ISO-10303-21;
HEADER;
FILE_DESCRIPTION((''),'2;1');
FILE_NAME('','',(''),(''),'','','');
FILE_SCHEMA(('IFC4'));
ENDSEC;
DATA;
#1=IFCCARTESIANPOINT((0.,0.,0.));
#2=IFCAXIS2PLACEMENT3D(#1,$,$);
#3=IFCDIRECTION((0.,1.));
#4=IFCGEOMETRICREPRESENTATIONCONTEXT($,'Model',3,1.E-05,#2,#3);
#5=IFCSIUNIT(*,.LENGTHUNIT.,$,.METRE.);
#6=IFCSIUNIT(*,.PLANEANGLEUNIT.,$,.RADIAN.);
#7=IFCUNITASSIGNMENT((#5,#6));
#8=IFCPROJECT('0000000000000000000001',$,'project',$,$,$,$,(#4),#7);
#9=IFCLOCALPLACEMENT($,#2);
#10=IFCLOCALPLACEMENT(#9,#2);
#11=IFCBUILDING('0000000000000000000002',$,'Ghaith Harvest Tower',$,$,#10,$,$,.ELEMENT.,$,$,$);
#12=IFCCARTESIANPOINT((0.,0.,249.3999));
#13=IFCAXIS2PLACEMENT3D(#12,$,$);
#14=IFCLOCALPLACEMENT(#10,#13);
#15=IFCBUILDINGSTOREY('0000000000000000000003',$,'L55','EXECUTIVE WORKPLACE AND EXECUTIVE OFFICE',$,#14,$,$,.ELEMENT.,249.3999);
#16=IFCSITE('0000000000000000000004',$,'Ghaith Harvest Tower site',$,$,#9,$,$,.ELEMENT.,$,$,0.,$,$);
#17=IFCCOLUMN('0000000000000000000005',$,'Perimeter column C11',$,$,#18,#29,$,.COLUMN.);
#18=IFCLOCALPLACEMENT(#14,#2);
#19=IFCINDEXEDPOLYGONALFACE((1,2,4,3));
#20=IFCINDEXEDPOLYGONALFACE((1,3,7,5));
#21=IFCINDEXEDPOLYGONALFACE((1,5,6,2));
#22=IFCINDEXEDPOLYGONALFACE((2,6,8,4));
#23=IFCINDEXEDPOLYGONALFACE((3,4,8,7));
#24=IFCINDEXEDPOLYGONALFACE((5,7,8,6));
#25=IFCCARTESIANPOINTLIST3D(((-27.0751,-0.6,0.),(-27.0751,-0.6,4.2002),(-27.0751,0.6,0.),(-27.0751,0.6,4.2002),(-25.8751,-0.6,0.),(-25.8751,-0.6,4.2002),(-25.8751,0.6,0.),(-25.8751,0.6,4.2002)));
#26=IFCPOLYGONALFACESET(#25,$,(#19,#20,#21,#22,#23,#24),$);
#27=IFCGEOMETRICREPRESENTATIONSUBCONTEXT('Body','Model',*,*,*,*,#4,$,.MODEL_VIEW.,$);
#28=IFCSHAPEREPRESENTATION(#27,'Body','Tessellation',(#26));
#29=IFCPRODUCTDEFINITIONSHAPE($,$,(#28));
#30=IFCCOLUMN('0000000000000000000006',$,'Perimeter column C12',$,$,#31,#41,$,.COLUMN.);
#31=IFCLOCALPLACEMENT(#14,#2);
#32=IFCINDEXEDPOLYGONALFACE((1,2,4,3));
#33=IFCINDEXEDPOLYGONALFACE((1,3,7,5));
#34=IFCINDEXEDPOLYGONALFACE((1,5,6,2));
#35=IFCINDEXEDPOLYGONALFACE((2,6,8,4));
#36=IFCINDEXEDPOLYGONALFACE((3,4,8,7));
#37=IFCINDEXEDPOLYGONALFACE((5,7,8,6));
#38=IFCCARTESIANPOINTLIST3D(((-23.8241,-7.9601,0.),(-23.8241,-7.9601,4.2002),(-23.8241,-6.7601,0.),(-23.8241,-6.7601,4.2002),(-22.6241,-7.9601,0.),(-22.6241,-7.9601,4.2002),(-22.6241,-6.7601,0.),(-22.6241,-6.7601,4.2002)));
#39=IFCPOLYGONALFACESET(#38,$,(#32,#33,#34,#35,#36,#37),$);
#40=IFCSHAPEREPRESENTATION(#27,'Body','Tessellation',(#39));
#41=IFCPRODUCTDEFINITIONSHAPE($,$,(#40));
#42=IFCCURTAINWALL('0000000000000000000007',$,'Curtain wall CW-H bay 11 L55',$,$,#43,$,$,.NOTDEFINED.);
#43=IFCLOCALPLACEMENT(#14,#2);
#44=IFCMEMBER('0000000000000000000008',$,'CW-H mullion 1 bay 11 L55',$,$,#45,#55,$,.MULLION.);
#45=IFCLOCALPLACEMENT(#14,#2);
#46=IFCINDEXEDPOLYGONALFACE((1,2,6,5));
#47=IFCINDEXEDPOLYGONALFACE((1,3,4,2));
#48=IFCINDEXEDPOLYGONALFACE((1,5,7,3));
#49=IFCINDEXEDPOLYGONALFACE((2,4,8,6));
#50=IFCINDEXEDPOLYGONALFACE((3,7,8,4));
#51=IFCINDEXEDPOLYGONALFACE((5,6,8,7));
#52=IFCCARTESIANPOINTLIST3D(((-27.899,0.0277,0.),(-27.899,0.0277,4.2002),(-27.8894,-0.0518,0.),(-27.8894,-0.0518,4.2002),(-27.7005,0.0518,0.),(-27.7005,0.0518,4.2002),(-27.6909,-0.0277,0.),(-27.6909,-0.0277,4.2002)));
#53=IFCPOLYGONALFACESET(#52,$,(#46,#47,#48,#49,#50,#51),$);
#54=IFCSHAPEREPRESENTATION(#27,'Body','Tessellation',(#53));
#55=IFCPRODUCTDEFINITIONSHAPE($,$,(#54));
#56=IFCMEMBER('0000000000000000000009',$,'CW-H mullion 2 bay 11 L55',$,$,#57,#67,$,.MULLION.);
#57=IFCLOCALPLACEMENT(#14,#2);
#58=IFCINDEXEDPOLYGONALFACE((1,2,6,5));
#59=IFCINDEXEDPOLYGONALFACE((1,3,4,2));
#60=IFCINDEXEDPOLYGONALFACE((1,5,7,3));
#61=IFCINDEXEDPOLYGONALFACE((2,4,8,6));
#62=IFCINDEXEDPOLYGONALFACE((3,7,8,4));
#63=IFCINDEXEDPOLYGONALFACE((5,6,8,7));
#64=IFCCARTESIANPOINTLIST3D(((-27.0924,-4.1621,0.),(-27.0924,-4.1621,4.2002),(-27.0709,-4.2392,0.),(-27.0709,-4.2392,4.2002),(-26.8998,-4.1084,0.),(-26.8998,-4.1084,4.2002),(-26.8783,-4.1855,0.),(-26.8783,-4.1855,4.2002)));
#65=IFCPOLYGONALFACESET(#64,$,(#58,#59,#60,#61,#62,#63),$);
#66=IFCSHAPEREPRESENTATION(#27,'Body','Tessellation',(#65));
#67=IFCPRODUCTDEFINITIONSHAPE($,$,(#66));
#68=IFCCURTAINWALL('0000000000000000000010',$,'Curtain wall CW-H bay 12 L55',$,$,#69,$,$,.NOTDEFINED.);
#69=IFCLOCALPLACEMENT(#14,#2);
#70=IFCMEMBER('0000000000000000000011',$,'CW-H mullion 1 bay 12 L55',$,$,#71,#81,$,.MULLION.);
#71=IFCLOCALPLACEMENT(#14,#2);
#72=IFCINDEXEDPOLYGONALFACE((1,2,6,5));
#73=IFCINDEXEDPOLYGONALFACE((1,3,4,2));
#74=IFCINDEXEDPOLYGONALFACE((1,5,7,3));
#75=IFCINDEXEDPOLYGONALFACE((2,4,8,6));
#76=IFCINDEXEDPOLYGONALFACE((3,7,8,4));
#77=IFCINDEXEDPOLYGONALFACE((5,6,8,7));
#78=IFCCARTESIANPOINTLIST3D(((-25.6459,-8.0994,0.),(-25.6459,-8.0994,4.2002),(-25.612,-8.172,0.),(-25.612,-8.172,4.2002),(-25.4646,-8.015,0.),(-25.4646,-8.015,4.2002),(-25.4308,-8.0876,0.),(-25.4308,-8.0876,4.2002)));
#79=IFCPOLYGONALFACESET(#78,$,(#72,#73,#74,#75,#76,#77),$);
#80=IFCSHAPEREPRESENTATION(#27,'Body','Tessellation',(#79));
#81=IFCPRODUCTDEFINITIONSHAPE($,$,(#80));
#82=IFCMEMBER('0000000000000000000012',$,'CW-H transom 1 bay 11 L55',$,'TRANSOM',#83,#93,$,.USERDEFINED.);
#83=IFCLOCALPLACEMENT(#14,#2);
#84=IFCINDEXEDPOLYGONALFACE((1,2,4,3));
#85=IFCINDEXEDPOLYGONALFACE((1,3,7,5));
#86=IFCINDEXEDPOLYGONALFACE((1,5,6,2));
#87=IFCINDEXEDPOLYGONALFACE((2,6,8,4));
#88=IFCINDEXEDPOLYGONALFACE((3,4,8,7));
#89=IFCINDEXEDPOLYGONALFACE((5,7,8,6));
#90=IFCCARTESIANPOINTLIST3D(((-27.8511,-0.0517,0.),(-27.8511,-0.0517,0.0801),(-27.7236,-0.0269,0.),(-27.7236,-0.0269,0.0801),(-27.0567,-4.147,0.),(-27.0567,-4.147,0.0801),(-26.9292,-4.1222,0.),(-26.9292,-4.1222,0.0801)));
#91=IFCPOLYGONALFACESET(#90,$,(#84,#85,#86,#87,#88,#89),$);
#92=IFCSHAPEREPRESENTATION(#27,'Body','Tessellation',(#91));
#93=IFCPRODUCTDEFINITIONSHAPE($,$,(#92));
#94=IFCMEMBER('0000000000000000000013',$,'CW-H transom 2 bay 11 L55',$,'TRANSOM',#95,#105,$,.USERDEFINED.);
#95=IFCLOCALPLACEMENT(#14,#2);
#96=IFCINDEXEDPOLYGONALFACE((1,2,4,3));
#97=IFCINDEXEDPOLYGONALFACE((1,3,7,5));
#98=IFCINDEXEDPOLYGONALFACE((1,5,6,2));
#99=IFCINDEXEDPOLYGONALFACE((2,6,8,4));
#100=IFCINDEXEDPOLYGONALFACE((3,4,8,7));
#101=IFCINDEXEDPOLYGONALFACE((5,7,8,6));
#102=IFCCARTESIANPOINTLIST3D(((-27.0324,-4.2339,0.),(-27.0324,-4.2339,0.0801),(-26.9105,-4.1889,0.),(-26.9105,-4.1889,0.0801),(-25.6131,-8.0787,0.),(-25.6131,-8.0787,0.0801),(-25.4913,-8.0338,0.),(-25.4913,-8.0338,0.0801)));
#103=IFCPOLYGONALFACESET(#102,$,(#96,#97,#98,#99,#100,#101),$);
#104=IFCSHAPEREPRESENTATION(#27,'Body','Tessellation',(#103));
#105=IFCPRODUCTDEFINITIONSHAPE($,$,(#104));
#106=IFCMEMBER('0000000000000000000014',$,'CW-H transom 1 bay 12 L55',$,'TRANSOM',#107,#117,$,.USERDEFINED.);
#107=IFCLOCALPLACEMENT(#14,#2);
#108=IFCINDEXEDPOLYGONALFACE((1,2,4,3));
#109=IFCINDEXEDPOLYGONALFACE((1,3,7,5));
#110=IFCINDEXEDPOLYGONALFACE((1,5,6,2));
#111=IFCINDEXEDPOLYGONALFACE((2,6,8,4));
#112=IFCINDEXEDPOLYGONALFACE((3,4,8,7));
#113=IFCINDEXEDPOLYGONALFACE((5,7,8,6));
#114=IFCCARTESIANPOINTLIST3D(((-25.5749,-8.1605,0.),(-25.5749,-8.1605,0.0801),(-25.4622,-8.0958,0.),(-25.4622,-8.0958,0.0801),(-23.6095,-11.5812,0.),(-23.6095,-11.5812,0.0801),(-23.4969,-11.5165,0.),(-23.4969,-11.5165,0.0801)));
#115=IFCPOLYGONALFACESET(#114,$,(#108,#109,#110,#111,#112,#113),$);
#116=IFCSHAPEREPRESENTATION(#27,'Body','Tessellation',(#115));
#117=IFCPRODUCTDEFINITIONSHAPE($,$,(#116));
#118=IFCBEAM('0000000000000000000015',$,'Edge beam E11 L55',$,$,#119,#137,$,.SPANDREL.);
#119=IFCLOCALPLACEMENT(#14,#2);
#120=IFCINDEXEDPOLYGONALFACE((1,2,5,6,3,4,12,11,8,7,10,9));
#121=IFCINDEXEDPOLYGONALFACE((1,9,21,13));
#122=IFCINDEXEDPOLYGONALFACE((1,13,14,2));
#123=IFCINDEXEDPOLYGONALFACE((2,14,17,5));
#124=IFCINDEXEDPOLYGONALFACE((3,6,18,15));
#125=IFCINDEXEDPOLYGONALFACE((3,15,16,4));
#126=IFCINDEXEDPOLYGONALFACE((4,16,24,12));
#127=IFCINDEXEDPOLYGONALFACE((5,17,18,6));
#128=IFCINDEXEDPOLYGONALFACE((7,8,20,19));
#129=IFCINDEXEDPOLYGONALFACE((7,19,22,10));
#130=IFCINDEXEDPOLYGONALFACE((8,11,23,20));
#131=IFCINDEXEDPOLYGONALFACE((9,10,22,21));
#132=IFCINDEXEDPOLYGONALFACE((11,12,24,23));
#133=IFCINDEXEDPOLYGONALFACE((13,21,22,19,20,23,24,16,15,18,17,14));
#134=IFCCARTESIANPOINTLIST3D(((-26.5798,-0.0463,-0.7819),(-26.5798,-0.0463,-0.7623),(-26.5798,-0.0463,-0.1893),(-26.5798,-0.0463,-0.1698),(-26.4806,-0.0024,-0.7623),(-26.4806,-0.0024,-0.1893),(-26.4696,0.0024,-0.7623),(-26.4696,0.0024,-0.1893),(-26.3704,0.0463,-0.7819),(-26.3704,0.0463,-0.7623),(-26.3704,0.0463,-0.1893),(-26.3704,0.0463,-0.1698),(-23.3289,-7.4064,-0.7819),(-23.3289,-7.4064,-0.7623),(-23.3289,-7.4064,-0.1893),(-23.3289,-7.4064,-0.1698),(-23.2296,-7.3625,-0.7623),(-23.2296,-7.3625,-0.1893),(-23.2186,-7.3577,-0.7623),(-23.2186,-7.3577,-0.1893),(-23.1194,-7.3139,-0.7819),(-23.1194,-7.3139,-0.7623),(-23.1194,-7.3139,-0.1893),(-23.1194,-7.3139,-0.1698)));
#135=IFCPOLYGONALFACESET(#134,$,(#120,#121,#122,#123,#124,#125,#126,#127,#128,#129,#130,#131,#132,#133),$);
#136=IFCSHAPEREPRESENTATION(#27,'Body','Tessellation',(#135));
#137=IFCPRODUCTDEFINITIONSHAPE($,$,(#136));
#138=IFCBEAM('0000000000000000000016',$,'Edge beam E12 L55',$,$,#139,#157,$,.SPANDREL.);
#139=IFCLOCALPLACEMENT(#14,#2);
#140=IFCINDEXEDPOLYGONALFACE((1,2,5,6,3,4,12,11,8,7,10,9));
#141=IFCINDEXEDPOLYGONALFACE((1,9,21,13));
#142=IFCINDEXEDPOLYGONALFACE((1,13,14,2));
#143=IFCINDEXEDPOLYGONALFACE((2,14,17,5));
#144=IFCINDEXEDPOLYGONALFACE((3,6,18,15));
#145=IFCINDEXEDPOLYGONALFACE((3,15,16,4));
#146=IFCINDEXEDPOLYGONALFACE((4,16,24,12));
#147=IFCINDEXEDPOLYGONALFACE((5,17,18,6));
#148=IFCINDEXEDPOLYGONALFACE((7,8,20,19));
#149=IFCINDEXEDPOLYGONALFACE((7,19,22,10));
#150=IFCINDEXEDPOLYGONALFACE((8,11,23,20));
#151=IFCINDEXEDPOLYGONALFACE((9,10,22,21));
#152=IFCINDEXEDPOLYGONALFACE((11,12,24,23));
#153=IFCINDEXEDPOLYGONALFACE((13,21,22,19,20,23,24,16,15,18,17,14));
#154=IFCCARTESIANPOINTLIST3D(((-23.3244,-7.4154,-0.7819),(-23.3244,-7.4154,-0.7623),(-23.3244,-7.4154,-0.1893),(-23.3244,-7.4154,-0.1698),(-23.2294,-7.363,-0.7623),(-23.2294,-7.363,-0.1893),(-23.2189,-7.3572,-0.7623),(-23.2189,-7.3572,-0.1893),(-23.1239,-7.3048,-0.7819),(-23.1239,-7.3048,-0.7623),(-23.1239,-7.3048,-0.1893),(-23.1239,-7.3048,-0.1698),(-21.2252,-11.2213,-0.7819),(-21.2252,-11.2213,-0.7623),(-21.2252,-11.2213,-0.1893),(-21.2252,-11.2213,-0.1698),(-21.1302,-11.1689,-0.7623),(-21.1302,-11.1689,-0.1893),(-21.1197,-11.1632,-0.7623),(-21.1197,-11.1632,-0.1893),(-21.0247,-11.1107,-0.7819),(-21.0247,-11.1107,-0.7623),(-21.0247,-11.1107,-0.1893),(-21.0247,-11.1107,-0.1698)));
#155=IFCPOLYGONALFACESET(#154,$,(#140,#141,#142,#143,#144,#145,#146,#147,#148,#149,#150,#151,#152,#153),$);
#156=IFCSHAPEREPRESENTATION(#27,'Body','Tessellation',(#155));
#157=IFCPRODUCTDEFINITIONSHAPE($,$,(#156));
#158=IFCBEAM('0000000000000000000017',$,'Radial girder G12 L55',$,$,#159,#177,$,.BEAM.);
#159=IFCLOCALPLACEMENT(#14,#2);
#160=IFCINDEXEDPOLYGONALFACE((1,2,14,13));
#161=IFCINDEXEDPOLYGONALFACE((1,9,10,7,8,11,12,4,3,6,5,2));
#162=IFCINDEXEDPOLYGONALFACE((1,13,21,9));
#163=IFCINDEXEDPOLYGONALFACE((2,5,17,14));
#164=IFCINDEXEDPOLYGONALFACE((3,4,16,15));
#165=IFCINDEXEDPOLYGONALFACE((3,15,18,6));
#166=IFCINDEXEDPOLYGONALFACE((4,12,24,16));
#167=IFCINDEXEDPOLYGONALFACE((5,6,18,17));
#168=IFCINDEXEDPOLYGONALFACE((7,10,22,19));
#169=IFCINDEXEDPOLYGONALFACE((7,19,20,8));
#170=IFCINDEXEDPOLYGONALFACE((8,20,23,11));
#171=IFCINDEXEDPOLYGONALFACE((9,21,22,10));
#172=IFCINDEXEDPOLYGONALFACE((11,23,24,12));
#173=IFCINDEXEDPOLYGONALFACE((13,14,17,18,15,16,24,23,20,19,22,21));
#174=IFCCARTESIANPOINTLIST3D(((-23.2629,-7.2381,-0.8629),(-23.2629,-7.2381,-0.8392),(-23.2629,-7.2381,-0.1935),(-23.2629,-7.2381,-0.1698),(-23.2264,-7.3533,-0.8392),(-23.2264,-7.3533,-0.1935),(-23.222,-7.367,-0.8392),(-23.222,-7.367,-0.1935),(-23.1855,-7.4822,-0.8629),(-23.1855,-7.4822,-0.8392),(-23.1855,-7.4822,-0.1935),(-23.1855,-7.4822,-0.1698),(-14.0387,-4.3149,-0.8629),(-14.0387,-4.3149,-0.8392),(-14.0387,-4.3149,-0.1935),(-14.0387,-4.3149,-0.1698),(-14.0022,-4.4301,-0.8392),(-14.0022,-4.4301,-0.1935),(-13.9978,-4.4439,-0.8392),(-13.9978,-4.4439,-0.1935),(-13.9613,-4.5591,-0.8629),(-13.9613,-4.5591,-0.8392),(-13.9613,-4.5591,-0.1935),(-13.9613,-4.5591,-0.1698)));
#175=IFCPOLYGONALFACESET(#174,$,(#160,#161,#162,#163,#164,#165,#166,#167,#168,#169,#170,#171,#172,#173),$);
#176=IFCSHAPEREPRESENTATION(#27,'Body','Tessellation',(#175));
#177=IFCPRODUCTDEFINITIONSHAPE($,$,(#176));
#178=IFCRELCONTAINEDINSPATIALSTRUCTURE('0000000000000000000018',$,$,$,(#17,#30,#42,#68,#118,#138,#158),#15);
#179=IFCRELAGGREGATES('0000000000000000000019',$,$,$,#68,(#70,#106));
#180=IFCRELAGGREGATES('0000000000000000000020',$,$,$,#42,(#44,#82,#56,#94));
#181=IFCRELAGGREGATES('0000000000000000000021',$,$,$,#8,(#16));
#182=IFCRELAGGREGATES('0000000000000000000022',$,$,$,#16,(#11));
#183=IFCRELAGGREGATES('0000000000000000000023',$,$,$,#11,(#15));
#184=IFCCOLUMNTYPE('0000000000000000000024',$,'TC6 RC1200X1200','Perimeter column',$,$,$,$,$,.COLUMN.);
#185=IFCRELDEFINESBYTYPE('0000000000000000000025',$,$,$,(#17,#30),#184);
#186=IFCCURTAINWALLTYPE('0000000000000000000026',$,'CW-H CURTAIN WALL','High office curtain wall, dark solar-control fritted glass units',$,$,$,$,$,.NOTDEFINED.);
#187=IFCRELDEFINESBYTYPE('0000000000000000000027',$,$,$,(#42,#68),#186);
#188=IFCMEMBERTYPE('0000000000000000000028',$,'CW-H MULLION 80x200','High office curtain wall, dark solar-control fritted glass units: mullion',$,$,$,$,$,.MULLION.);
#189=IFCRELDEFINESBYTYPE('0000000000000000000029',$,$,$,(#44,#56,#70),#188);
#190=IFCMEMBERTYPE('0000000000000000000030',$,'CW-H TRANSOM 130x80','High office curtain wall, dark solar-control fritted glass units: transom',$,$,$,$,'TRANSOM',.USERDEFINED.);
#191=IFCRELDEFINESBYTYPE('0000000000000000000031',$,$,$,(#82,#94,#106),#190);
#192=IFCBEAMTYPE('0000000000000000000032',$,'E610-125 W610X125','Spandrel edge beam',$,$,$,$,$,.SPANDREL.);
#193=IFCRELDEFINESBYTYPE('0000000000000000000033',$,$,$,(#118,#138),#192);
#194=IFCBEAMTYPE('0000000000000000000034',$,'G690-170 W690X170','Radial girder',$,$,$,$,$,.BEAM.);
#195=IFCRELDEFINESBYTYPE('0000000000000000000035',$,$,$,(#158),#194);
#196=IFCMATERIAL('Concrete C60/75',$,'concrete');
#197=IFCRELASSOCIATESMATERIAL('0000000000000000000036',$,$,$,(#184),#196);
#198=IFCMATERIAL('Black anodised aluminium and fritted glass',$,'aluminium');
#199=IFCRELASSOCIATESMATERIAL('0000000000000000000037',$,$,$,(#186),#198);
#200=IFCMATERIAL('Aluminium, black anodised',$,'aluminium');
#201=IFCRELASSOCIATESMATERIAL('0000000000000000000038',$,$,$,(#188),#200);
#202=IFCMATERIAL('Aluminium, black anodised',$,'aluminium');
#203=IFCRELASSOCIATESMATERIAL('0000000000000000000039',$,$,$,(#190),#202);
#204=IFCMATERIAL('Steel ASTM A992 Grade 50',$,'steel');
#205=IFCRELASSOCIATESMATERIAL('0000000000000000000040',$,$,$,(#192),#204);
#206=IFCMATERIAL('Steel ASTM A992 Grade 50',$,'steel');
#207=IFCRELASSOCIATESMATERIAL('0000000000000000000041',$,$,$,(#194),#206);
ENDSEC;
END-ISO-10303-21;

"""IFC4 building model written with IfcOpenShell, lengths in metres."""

from ifc_helpers import new_model, si_unit, direction, frame, origin, origin_2d, place, context, subcontext, project, spatial, rectangle, i_section, extrude, material, material_profile, profile_set, type_object, element, aggregate, save


model = new_model("IFC4")

# Units and contexts
model_context = context("Model", 3, precision=1e-05, world=origin(), true_north=direction((0.0, 1.0)))
body_context = subcontext(model_context, "Body", "Model", "MODEL_VIEW")
ifc_project = project(units=[si_unit("LENGTHUNIT", "METRE"), si_unit("PLANEANGLEUNIT", "RADIAN")], contexts=[model_context])

# Site, building, storey
site_placement = place(None, origin())
site = spatial("IfcSite", under=ifc_project, at=site_placement, Name="Ghaith Harvest Tower site", CompositionType="ELEMENT", RefElevation=0.0)
building_placement = place(site_placement, origin())
building = spatial("IfcBuilding", under=site, at=building_placement, Name="Ghaith Harvest Tower", CompositionType="ELEMENT")
storey_placement = place(building_placement, frame((0.0, 0.0, 249.3999)))
storey = spatial("IfcBuildingStorey", under=building, at=storey_placement, Name="L55", Description="EXECUTIVE WORKPLACE AND EXECUTIVE OFFICE", CompositionType="ELEMENT", Elevation=249.3999)

# Columns
ifc_material_1 = material(Name="Concrete C60/75", Category="concrete")
ifc_material_profile_1 = material_profile(ifc_material_1, rectangle(XDim=1.2, YDim=1.2, at=origin_2d()), Name="RC1200X1200")
ifc_profile_set_1 = profile_set([ifc_material_profile_1], Name="Concrete C60/75")
column_type = type_object("IfcColumnType", Name="TC6 RC1200X1200", Description="Perimeter column", PredefinedType="COLUMN", material=ifc_profile_set_1)
for number, where, z_axis, x_axis, name in (
    (1, (-26.4751, 0.0, 0.0), (0.0, 0.0, 1.0), (1.0, 0.0, 0.0), "Perimeter column C11"),
    (2, (-23.2241, -7.3601, 0.0), (0.0, 0.0, 1.0), (1.0, 0.0, 0.0), "Perimeter column C12"),
):
    element("IfcColumn", number, at=place(storey_placement, frame(where, z_axis=z_axis, x_axis=x_axis)), inside=storey, type_object=column_type, Name=name, PredefinedType="COLUMN", context=body_context, shape_type="SweptSolid", body=[
        extrude(rectangle(XDim=1.2, YDim=1.2, at=origin_2d()), origin(), (0.0, 0.0, 1.0), 4.2002),
    ])

# Curtain wall, members
ifc_material_2 = material(Name="Black anodised aluminium and fritted glass", Category="aluminium")
curtain_wall_type = type_object("IfcCurtainWallType", Name="CW-H CURTAIN WALL", Description="High office curtain wall, dark solar-control fritted glass units", PredefinedType="NOTDEFINED", material=ifc_material_2)
curtain_wall_1_placement = place(storey_placement, origin())
curtain_wall_1 = element("IfcCurtainWall", 3, at=curtain_wall_1_placement, inside=storey, type_object=curtain_wall_type, Name="Curtain wall CW-H bay 11 L55", PredefinedType="NOTDEFINED")
ifc_material_3 = material(Name="Aluminium, black anodised", Category="aluminium")
ifc_material_profile_2 = material_profile(ifc_material_3, rectangle(XDim=0.0801, YDim=0.2, at=origin_2d()), Name="CW-H MULLION 80x200")
ifc_profile_set_2 = profile_set([ifc_material_profile_2], Name="Aluminium, black anodised")
member_type_1 = type_object("IfcMemberType", Name="CW-H MULLION 80x200", Description="High office curtain wall, dark solar-control fritted glass units: mullion", PredefinedType="MULLION", material=ifc_profile_set_2)
member_1_placement = place(storey_placement, frame((-27.7949, 0.0, 0.0), z_axis=(0.0, 0.0, 1.0), x_axis=(0.12025, -0.992744, 0.0)))
member_1 = element("IfcMember", 4, at=member_1_placement, type_object=member_type_1, Name="CW-H mullion 1 bay 11 L55", PredefinedType="MULLION", context=body_context, shape_type="SweptSolid", body=[
    extrude(rectangle(XDim=0.0801, YDim=0.2, at=origin_2d()), origin(), (0.0, 0.0, 1.0), 4.2002),
])
member_2_placement = place(storey_placement, frame((-26.9854, -4.1738, 0.0), z_axis=(0.0, 0.0, 1.0), x_axis=(0.268569, -0.96326, 0.0)))
member_2 = element("IfcMember", 5, at=member_2_placement, type_object=member_type_1, Name="CW-H mullion 2 bay 11 L55", PredefinedType="MULLION", context=body_context, shape_type="SweptSolid", body=[
    extrude(rectangle(XDim=0.0801, YDim=0.2, at=origin_2d()), origin(), (0.0, 0.0, 1.0), 4.2002),
])

# Curtain wall, member
curtain_wall_2_placement = place(storey_placement, origin())
curtain_wall_2 = element("IfcCurtainWall", 6, at=curtain_wall_2_placement, inside=storey, type_object=curtain_wall_type, Name="Curtain wall CW-H bay 12 L55", PredefinedType="NOTDEFINED")
member_3_placement = place(storey_placement, frame((-25.5383, -8.0935, 0.0), z_axis=(0.0, 0.0, 1.0), x_axis=(0.422309, -0.906452, 0.0)))
member_3 = element("IfcMember", 7, at=member_3_placement, type_object=member_type_1, Name="CW-H mullion 1 bay 12 L55", PredefinedType="MULLION", context=body_context, shape_type="SweptSolid", body=[
    extrude(rectangle(XDim=0.0801, YDim=0.2, at=origin_2d()), origin(), (0.0, 0.0, 1.0), 4.2002),
])

# Members
ifc_material_4 = material(Name="Aluminium, black anodised", Category="aluminium")
ifc_material_profile_3 = material_profile(ifc_material_4, rectangle(XDim=0.1299, YDim=0.0801, at=origin_2d()), Name="CW-H TRANSOM 130x80")
ifc_profile_set_3 = profile_set([ifc_material_profile_3], Name="Aluminium, black anodised")
member_type_2 = type_object("IfcMemberType", Name="CW-H TRANSOM 130x80", Description="High office curtain wall, dark solar-control fritted glass units: transom", ElementType="TRANSOM", PredefinedType="USERDEFINED", material=ifc_profile_set_3)
member_4_placement = place(storey_placement, frame((-27.7874, -0.0393, 0.04), z_axis=(0.19044, -0.981699, 0.0), x_axis=(0.981699, 0.19044, 0.0)))
member_4 = element("IfcMember", 8, at=member_4_placement, type_object=member_type_2, Name="CW-H transom 1 bay 11 L55", ObjectType="TRANSOM", PredefinedType="USERDEFINED", context=body_context, shape_type="SweptSolid", body=[
    extrude(rectangle(XDim=0.1299, YDim=0.0801, at=origin_2d()), origin(), (0.0, 0.0, 1.0), 4.1716),
])
member_5_placement = place(storey_placement, frame((-26.9714, -4.2114, 0.04), z_axis=(0.346288, -0.938128, 0.0), x_axis=(0.938128, 0.346288, 0.0)))
member_5 = element("IfcMember", 9, at=member_5_placement, type_object=member_type_2, Name="CW-H transom 2 bay 11 L55", ObjectType="TRANSOM", PredefinedType="USERDEFINED", context=body_context, shape_type="SweptSolid", body=[
    extrude(rectangle(XDim=0.1299, YDim=0.0801, at=origin_2d()), origin(), (0.0, 0.0, 1.0), 4.0984),
])
member_6_placement = place(storey_placement, frame((-25.5186, -8.1282, 0.04), z_axis=(0.498177, -0.867075, 0.0), x_axis=(0.867075, 0.498177, 0.0)))
member_6 = element("IfcMember", 10, at=member_6_placement, type_object=member_type_2, Name="CW-H transom 1 bay 12 L55", ObjectType="TRANSOM", PredefinedType="USERDEFINED", context=body_context, shape_type="SweptSolid", body=[
    extrude(rectangle(XDim=0.1299, YDim=0.0801, at=origin_2d()), origin(), (0.0, 0.0, 1.0), 3.9451),
])
aggregate(curtain_wall_2, [member_3, member_6])

# Beams
ifc_material_5 = material(Name="Steel ASTM A992 Grade 50", Category="steel")
ifc_material_profile_4 = material_profile(ifc_material_5, i_section(OverallWidth=0.229, OverallDepth=0.6121, WebThickness=0.012, FlangeThickness=0.0195, at=origin_2d()), Name="W610X125")
ifc_profile_set_4 = profile_set([ifc_material_profile_4], Name="Steel ASTM A992 Grade 50")
beam_type_1 = type_object("IfcBeamType", Name="E610-125 W610X125", Description="Spandrel edge beam", PredefinedType="SPANDREL", material=ifc_profile_set_4)
beam_1_placement = place(storey_placement, frame((-26.4751, 0.0, -0.4758), z_axis=(0.404043, -0.91474, 0.0), x_axis=(0.91474, 0.404043, 0.0)))
element("IfcBeam", 11, at=beam_1_placement, inside=storey, type_object=beam_type_1, Name="Edge beam E11 L55", PredefinedType="SPANDREL", context=body_context, shape_type="SweptSolid", body=[
    extrude(i_section(OverallWidth=0.229, OverallDepth=0.6121, WebThickness=0.012, FlangeThickness=0.0195, at=origin_2d()), origin(), (0.0, 0.0, 1.0), 8.0461),
])
beam_2_placement = place(storey_placement, frame((-23.2241, -7.3601, -0.4758), z_axis=(0.482956, -0.875645, 0.0), x_axis=(0.875645, 0.482956, 0.0)))
element("IfcBeam", 12, at=beam_2_placement, inside=storey, type_object=beam_type_1, Name="Edge beam E12 L55", PredefinedType="SPANDREL", context=body_context, shape_type="SweptSolid", body=[
    extrude(i_section(OverallWidth=0.229, OverallDepth=0.6121, WebThickness=0.012, FlangeThickness=0.0195, at=origin_2d()), origin(), (0.0, 0.0, 1.0), 4.3464),
])
ifc_material_6 = material(Name="Steel ASTM A992 Grade 50", Category="steel")
ifc_material_profile_5 = material_profile(ifc_material_6, i_section(OverallWidth=0.2561, OverallDepth=0.6931, WebThickness=0.0144, FlangeThickness=0.0237, at=origin_2d()), Name="W690X170")
ifc_profile_set_5 = profile_set([ifc_material_profile_5], Name="Steel ASTM A992 Grade 50")
beam_type_2 = type_object("IfcBeamType", Name="G690-170 W690X170", Description="Radial girder", PredefinedType="BEAM", material=ifc_profile_set_5)
beam_3_placement = place(storey_placement, frame((-14.0, -4.437, -0.5164), z_axis=(-0.953279, -0.302091, 0.0), x_axis=(0.302091, -0.953279, 0.0)))
element("IfcBeam", 13, at=beam_3_placement, inside=storey, type_object=beam_type_2, Name="Radial girder G12 L55", PredefinedType="BEAM", context=body_context, shape_type="SweptSolid", body=[
    extrude(i_section(OverallWidth=0.2561, OverallDepth=0.6931, WebThickness=0.0144, FlangeThickness=0.0237, at=origin_2d()), origin(), (0.0, 0.0, 1.0), 9.6763),
])

aggregate(curtain_wall_1, [member_1, member_4, member_2, member_5])

save(model, "model.ifc")
